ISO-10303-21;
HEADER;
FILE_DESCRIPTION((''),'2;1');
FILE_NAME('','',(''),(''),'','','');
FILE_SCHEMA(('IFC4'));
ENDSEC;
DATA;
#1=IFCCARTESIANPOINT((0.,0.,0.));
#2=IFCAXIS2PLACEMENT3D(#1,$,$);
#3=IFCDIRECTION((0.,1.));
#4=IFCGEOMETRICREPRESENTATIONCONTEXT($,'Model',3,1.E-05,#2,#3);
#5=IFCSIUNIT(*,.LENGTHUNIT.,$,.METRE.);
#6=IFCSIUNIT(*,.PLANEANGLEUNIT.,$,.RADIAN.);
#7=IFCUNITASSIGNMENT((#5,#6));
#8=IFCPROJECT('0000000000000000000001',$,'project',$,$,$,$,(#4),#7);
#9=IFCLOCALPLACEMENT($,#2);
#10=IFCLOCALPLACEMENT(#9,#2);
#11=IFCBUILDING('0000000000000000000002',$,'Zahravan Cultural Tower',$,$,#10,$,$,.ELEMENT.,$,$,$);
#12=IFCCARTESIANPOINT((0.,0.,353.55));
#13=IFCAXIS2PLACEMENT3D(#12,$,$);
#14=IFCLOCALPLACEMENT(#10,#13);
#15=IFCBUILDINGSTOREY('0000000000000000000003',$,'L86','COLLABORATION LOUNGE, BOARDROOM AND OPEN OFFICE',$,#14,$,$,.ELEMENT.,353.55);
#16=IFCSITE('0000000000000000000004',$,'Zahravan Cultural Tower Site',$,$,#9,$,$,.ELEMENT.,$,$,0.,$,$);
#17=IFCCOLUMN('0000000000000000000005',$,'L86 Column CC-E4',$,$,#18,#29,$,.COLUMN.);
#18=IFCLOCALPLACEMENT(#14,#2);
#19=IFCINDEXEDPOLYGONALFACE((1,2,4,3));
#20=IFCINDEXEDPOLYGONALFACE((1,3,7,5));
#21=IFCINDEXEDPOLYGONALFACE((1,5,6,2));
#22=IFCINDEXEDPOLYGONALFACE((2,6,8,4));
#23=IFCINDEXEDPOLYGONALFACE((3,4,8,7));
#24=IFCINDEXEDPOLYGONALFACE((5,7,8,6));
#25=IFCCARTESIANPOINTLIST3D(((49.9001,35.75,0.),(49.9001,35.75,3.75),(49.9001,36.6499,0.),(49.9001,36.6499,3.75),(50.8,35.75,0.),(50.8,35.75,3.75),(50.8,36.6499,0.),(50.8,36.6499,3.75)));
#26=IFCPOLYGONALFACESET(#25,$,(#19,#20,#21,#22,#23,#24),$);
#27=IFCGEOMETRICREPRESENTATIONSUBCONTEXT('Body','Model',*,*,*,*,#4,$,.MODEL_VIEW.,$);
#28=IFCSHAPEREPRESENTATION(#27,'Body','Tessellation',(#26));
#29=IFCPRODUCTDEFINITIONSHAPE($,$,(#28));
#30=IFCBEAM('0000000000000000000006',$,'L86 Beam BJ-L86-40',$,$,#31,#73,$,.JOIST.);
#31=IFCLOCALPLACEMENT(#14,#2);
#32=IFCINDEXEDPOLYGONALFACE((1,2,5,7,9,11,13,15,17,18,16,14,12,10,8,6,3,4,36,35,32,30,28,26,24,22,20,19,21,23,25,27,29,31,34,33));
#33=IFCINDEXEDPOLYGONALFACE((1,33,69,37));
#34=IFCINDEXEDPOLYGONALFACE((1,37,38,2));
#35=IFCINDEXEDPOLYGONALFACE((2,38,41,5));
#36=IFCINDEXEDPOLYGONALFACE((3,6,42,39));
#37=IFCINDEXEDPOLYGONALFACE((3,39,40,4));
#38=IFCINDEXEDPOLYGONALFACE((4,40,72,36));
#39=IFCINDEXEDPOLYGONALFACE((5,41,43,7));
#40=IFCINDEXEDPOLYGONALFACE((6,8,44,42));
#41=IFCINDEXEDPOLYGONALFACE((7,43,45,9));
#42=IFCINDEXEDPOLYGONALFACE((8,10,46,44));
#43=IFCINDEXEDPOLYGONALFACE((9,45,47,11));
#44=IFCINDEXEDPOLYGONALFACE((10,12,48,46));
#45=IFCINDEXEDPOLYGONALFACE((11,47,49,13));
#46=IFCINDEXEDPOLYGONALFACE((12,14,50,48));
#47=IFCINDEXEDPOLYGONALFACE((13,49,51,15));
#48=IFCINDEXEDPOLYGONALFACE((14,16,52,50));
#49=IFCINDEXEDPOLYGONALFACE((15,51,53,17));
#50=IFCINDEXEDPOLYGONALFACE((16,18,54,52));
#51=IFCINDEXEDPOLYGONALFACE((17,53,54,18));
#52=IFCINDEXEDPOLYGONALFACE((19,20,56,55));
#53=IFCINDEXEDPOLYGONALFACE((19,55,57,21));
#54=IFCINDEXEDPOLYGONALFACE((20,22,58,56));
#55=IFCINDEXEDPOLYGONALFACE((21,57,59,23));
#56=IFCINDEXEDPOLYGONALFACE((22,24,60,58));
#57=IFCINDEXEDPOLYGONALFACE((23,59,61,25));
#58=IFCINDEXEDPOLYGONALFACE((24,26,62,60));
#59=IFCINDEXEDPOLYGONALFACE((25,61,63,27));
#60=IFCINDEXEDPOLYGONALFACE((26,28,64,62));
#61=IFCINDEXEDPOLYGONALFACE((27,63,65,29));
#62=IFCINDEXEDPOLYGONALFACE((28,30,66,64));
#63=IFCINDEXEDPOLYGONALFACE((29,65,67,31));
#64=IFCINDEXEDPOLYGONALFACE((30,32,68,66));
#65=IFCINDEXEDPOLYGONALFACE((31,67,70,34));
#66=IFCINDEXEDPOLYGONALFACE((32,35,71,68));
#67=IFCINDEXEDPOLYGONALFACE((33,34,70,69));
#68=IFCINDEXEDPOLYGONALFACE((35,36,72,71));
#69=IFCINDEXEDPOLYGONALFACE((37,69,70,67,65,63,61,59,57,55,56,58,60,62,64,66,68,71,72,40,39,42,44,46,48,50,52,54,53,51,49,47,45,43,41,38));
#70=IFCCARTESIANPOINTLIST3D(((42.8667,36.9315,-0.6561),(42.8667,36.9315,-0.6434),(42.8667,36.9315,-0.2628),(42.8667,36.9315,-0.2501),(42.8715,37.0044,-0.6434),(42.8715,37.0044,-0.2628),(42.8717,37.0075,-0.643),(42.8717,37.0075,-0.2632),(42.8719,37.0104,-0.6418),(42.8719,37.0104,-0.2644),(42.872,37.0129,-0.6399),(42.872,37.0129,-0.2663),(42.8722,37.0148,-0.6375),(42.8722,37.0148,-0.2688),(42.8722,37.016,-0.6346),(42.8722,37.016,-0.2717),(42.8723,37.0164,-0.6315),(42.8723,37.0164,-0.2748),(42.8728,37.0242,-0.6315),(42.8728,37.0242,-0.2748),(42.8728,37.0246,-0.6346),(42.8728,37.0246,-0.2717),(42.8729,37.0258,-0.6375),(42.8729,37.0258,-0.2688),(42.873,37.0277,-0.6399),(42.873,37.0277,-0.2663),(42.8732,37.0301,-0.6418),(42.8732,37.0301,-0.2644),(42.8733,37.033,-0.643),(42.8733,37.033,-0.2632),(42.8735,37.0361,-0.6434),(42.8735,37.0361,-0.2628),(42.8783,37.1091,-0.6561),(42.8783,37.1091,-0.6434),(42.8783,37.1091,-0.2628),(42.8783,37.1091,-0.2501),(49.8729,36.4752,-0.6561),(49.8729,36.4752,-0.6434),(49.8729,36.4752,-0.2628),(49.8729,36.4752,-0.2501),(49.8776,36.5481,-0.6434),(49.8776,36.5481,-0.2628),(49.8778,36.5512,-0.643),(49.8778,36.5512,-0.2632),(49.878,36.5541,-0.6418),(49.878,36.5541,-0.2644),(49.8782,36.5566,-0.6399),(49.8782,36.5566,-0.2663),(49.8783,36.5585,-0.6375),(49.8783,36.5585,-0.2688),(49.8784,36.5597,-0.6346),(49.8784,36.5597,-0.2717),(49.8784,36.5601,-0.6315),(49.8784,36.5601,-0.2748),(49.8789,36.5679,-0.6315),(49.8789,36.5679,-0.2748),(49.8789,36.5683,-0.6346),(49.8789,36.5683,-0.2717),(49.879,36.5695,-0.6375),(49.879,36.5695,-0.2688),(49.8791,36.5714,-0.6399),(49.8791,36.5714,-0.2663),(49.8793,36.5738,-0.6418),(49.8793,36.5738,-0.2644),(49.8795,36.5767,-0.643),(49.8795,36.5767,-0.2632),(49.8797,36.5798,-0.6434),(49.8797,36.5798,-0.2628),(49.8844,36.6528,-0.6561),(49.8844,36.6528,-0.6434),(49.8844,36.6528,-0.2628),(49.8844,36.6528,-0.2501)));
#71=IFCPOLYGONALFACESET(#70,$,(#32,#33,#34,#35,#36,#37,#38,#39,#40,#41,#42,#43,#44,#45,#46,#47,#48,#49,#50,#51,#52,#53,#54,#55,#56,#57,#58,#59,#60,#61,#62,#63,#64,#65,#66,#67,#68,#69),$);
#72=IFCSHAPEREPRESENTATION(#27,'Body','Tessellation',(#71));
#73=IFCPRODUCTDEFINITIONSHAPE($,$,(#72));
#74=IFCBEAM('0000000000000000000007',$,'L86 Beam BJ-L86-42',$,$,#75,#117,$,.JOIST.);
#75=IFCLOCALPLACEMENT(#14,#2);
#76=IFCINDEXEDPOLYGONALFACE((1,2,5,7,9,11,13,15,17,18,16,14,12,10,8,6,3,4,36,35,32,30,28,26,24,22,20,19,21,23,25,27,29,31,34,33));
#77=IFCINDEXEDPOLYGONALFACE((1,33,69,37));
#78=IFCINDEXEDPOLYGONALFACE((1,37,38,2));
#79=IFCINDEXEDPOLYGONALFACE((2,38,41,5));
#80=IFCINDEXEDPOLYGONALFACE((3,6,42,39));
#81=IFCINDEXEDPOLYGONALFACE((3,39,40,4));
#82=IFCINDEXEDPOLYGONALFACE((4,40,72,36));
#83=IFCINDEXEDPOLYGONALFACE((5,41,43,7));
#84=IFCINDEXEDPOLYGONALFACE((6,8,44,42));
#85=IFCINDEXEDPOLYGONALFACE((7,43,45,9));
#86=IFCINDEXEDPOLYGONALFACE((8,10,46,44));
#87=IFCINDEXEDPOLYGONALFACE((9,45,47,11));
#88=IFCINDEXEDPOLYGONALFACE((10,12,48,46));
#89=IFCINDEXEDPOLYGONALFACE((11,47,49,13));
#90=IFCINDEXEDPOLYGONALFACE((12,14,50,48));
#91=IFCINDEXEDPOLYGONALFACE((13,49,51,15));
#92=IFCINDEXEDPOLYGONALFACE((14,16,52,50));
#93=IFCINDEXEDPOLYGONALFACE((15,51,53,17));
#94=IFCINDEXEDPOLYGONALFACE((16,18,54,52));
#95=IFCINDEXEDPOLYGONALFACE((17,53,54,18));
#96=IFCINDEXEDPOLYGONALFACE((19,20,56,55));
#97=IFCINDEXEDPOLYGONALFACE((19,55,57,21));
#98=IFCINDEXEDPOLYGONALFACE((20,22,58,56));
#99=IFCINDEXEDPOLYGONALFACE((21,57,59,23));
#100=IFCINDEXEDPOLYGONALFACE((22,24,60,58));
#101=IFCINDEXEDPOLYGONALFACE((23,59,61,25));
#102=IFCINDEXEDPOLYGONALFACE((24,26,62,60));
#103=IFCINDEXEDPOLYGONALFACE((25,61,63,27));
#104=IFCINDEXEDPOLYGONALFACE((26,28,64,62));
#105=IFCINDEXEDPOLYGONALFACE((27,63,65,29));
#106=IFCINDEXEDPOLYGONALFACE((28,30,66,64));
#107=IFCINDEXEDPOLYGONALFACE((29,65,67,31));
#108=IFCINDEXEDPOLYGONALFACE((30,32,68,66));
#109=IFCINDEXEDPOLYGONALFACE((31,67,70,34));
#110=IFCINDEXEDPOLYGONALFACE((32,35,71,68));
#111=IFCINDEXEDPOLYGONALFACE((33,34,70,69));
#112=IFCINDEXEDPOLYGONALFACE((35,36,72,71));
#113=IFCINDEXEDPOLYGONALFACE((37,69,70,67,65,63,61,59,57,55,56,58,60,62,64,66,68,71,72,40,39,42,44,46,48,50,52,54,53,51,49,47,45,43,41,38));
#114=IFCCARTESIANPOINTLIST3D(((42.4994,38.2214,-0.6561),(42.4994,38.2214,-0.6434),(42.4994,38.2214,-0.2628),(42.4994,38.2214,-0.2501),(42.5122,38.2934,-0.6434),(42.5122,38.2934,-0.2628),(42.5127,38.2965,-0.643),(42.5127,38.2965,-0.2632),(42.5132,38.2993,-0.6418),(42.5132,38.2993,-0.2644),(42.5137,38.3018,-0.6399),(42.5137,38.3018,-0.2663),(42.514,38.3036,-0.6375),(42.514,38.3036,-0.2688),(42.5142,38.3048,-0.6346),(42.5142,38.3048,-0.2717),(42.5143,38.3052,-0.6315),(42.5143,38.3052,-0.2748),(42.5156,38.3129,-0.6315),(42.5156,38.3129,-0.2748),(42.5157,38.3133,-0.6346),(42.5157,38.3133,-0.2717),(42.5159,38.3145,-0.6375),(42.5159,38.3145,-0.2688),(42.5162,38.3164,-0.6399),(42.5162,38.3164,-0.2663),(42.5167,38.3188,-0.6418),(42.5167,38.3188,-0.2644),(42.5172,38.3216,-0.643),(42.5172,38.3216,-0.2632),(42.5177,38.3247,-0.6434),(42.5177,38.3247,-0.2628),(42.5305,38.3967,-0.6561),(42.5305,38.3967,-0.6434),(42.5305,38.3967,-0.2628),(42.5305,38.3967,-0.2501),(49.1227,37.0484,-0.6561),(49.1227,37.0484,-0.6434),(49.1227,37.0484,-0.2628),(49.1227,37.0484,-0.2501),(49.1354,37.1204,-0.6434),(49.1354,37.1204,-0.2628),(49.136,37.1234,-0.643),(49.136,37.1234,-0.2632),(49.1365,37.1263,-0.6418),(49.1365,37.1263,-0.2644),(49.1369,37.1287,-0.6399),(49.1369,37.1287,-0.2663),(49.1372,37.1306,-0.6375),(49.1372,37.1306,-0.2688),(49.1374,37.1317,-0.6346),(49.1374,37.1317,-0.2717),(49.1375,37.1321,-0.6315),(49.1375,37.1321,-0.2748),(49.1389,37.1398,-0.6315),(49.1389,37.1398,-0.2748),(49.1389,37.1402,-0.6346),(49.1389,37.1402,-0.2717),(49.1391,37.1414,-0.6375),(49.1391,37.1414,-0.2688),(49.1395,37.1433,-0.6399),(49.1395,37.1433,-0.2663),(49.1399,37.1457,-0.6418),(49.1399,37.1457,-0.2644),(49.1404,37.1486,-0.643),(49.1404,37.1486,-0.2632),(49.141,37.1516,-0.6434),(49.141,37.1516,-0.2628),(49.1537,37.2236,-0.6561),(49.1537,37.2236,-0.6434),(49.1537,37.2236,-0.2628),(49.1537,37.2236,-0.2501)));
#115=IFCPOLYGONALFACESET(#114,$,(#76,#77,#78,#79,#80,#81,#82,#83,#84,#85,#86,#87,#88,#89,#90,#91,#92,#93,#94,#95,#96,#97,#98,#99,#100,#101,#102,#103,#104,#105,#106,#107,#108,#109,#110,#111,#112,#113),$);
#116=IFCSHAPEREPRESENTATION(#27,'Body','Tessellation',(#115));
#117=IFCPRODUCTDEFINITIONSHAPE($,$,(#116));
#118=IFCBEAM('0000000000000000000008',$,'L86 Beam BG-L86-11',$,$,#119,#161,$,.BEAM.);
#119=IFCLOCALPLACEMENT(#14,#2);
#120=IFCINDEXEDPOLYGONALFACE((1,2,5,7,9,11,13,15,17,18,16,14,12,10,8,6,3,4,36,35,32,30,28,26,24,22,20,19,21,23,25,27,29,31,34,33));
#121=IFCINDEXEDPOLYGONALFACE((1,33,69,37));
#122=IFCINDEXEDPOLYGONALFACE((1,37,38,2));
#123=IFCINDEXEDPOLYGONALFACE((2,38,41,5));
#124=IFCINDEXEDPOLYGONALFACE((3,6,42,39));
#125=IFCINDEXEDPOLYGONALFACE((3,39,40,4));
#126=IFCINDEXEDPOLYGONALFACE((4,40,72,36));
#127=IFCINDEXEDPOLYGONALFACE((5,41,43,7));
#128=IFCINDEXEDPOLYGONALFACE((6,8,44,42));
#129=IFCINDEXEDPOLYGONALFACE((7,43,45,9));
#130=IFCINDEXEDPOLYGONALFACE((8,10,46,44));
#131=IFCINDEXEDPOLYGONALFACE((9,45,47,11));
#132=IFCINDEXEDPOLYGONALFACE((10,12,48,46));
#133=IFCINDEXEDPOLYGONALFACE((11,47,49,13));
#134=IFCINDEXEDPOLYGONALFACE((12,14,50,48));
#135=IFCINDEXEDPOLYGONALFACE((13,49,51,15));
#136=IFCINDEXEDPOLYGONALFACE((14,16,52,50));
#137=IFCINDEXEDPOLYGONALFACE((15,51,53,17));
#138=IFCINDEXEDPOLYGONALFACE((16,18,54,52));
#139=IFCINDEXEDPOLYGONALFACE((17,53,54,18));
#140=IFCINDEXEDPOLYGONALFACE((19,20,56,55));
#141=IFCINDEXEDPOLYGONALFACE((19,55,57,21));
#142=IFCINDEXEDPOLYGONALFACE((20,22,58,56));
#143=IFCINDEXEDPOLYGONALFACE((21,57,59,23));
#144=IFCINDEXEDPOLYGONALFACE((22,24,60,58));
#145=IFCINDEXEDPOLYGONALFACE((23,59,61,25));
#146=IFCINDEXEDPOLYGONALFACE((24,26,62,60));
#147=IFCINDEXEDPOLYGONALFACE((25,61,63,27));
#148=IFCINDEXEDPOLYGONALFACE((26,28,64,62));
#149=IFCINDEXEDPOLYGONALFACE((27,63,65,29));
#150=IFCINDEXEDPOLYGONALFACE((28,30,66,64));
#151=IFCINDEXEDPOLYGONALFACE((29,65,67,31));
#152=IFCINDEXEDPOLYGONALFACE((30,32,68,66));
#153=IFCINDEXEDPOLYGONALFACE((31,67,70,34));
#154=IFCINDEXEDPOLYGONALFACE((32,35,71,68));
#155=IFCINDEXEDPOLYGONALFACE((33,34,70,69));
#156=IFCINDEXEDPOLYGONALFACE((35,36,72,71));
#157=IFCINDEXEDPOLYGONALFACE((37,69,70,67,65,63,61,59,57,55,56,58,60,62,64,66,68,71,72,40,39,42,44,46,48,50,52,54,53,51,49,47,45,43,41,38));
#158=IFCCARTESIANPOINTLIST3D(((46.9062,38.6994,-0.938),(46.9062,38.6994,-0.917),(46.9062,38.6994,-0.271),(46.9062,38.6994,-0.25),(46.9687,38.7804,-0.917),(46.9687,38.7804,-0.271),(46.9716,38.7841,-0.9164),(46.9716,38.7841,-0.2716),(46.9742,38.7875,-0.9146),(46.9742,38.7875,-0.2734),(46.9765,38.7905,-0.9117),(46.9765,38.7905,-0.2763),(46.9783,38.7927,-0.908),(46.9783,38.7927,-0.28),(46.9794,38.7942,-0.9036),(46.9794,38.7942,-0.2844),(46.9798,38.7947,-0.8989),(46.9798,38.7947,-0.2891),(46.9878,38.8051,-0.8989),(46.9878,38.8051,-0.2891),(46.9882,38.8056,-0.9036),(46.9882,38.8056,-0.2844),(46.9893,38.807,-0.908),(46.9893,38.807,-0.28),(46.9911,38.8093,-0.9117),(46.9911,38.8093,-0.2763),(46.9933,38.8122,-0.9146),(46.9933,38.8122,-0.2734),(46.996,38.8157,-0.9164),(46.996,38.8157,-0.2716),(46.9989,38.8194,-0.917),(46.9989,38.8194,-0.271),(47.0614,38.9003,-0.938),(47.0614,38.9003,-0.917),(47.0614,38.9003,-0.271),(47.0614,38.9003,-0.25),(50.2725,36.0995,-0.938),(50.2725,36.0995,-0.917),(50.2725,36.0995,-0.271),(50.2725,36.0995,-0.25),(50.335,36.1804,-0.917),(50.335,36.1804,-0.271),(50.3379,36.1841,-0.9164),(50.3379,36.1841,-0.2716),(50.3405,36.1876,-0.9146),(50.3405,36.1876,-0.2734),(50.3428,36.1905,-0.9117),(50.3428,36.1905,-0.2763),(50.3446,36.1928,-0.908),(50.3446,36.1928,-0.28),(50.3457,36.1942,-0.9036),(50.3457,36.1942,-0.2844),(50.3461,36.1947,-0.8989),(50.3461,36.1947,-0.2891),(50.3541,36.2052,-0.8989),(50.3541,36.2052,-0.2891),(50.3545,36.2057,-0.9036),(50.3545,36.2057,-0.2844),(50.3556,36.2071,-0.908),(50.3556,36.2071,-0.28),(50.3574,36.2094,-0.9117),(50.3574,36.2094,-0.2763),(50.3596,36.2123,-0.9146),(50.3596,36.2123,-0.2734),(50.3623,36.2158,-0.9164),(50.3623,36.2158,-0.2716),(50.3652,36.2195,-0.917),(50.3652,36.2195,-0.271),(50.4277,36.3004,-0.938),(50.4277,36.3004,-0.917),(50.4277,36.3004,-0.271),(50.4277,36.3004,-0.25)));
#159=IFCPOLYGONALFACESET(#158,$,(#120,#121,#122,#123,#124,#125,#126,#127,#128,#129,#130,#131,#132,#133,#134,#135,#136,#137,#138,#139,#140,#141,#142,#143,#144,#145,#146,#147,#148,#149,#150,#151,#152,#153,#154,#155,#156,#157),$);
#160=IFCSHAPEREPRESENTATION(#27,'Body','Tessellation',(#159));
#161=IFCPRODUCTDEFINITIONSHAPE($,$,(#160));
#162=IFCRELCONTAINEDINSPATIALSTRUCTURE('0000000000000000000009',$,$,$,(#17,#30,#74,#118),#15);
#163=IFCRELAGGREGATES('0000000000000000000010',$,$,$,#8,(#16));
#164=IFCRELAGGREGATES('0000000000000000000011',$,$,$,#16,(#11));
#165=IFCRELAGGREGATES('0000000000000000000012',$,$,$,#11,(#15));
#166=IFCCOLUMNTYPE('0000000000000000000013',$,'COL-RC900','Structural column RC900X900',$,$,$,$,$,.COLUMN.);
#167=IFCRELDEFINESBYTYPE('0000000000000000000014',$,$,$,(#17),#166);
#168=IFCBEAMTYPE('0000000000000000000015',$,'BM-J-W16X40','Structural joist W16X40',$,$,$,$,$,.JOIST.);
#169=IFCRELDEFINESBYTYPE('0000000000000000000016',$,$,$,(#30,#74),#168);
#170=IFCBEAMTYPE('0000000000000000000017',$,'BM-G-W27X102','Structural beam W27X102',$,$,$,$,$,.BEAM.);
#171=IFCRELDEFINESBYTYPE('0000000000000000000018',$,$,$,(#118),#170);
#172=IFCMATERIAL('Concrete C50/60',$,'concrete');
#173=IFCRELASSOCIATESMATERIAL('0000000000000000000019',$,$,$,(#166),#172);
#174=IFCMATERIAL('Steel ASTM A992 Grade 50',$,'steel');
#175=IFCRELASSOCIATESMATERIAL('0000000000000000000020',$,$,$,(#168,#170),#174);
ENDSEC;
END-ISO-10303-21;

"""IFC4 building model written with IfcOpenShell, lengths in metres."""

from ifc_helpers import new_model, si_unit, direction, frame, origin, origin_2d, place, context, subcontext, project, spatial, rectangle, i_section, extrude, source, transform, mapped, material, material_profile, profile_set, type_object, element, save


model = new_model("IFC4")

# Units and contexts
model_context = context("Model", 3, precision=1e-05, world=origin(), true_north=direction((0.0, 1.0)))
body_context = subcontext(model_context, "Body", "Model", "MODEL_VIEW")
ifc_project = project(units=[si_unit("LENGTHUNIT", "METRE"), si_unit("PLANEANGLEUNIT", "RADIAN")], contexts=[model_context])

# Site, building, storey
site_placement = place(None, origin())
site = spatial("IfcSite", under=ifc_project, at=site_placement, Name="Zahravan Cultural Tower Site", CompositionType="ELEMENT", RefElevation=0.0)
building_placement = place(site_placement, origin())
building = spatial("IfcBuilding", under=site, at=building_placement, Name="Zahravan Cultural Tower", CompositionType="ELEMENT")
storey_placement = place(building_placement, frame((0.0, 0.0, 353.55)))
storey = spatial("IfcBuildingStorey", under=building, at=storey_placement, Name="L86", Description="COLLABORATION LOUNGE, BOARDROOM AND OPEN OFFICE", CompositionType="ELEMENT", Elevation=353.55)

# Column
ifc_material_1 = material(Name="Concrete C50/60", Category="concrete")
ifc_material_profile_1 = material_profile(ifc_material_1, rectangle(XDim=0.8999, YDim=0.8999, at=origin_2d()), Name="RC900X900")
ifc_profile_set_1 = profile_set([ifc_material_profile_1], Name="Concrete C50/60")
column_type = type_object("IfcColumnType", Name="COL-RC900", Description="Structural column RC900X900", PredefinedType="COLUMN", material=ifc_profile_set_1)
shared_shape_1 = source(origin(), body_context, "Body", "SweptSolid", [
    extrude(rectangle(XDim=0.8999, YDim=0.8999, at=origin_2d()), origin(), (0.0, 0.0, 1.0), 3.75),
])
column_placement = place(storey_placement, frame((50.3501, 36.2, 0.0), z_axis=(0.0, 0.0, 1.0), x_axis=(1.0, 0.0, 0.0)))
element("IfcColumn", 1, at=column_placement, inside=storey, type_object=column_type, Name="L86 Column CC-E4", PredefinedType="COLUMN", context=body_context, shape_type="MappedRepresentation", body=[
    mapped(shared_shape_1, transform((0.0, 0.0, 0.0), x_axis=(1.0, 0.0, 0.0), y_axis=(0.0, 1.0, 0.0), z_axis=(0.0, 0.0, 1.0), scale=1.0)),
])

# Beams
ifc_material_2 = material(Name="Steel ASTM A992 Grade 50", Category="steel")
ifc_material_profile_2 = material_profile(ifc_material_2, i_section(OverallWidth=0.178, OverallDepth=0.406, WebThickness=0.0078, FlangeThickness=0.0127, FilletRadius=0.012, at=origin_2d()), Name="W16X40")
ifc_profile_set_2 = profile_set([ifc_material_profile_2], Name="Steel ASTM A992 Grade 50")
beam_type_1 = type_object("IfcBeamType", Name="BM-J-W16X40", Description="Structural joist W16X40", PredefinedType="JOIST", material=ifc_profile_set_2)
shared_shape_2 = source(origin(), body_context, "Body", "SweptSolid", [
    extrude(i_section(OverallWidth=0.178, OverallDepth=0.406, WebThickness=0.0078, FlangeThickness=0.0127, FilletRadius=0.012, at=origin_2d()), origin(), (0.0, 0.0, 1.0), 7.021),
])
beam_1_placement = place(storey_placement, frame((49.8787, 36.564, -0.4531), z_axis=(-0.997886, 0.064991, 0.0), x_axis=(-0.064991, -0.997886, 0.0)))
element("IfcBeam", 2, at=beam_1_placement, inside=storey, type_object=beam_type_1, Name="L86 Beam BJ-L86-40", PredefinedType="JOIST", context=body_context, shape_type="MappedRepresentation", body=[
    mapped(shared_shape_2, transform((0.0, 0.0, 0.0), x_axis=(1.0, 0.0, 0.0), y_axis=(0.0, 1.0, 0.0), z_axis=(0.0, 0.0, 1.0), scale=1.0)),
])
shared_shape_3 = source(origin(), body_context, "Body", "SweptSolid", [
    extrude(i_section(OverallWidth=0.178, OverallDepth=0.406, WebThickness=0.0078, FlangeThickness=0.0127, FilletRadius=0.012, at=origin_2d()), origin(), (0.0, 0.0, 1.0), 6.7263),
])
beam_2_placement = place(storey_placement, frame((49.1382, 37.136, -0.4531), z_axis=(-0.984674, 0.174402, 0.0), x_axis=(-0.174402, -0.984674, 0.0)))
element("IfcBeam", 3, at=beam_2_placement, inside=storey, type_object=beam_type_1, Name="L86 Beam BJ-L86-42", PredefinedType="JOIST", context=body_context, shape_type="MappedRepresentation", body=[
    mapped(shared_shape_3, transform((0.0, 0.0, 0.0), x_axis=(1.0, 0.0, 0.0), y_axis=(0.0, 1.0, 0.0), z_axis=(0.0, 0.0, 1.0), scale=1.0)),
])
ifc_material_profile_3 = material_profile(ifc_material_2, i_section(OverallWidth=0.2539, OverallDepth=0.688, WebThickness=0.0132, FlangeThickness=0.021, FilletRadius=0.0181, at=origin_2d()), Name="W27X102")
ifc_profile_set_3 = profile_set([ifc_material_profile_3], Name="Steel ASTM A992 Grade 50")
beam_type_2 = type_object("IfcBeamType", Name="BM-G-W27X102", Description="Structural beam W27X102", PredefinedType="BEAM", material=ifc_profile_set_3)
shared_shape_4 = source(origin(), body_context, "Body", "SweptSolid", [
    extrude(i_section(OverallWidth=0.2539, OverallDepth=0.688, WebThickness=0.0132, FlangeThickness=0.021, FilletRadius=0.0181, at=origin_2d()), origin(), (0.0, 0.0, 1.0), 4.2534),
])
beam_3_placement = place(storey_placement, frame((50.3501, 36.2, -0.594), z_axis=(-0.791434, 0.611255, 0.0), x_axis=(-0.611255, -0.791434, 0.0)))
element("IfcBeam", 4, at=beam_3_placement, inside=storey, type_object=beam_type_2, Name="L86 Beam BG-L86-11", PredefinedType="BEAM", context=body_context, shape_type="MappedRepresentation", body=[
    mapped(shared_shape_4, transform((0.0, 0.0, 0.0), x_axis=(1.0, 0.0, 0.0), y_axis=(0.0, 1.0, 0.0), z_axis=(0.0, 0.0, 1.0), scale=1.0)),
])

save(model, "model.ifc")
